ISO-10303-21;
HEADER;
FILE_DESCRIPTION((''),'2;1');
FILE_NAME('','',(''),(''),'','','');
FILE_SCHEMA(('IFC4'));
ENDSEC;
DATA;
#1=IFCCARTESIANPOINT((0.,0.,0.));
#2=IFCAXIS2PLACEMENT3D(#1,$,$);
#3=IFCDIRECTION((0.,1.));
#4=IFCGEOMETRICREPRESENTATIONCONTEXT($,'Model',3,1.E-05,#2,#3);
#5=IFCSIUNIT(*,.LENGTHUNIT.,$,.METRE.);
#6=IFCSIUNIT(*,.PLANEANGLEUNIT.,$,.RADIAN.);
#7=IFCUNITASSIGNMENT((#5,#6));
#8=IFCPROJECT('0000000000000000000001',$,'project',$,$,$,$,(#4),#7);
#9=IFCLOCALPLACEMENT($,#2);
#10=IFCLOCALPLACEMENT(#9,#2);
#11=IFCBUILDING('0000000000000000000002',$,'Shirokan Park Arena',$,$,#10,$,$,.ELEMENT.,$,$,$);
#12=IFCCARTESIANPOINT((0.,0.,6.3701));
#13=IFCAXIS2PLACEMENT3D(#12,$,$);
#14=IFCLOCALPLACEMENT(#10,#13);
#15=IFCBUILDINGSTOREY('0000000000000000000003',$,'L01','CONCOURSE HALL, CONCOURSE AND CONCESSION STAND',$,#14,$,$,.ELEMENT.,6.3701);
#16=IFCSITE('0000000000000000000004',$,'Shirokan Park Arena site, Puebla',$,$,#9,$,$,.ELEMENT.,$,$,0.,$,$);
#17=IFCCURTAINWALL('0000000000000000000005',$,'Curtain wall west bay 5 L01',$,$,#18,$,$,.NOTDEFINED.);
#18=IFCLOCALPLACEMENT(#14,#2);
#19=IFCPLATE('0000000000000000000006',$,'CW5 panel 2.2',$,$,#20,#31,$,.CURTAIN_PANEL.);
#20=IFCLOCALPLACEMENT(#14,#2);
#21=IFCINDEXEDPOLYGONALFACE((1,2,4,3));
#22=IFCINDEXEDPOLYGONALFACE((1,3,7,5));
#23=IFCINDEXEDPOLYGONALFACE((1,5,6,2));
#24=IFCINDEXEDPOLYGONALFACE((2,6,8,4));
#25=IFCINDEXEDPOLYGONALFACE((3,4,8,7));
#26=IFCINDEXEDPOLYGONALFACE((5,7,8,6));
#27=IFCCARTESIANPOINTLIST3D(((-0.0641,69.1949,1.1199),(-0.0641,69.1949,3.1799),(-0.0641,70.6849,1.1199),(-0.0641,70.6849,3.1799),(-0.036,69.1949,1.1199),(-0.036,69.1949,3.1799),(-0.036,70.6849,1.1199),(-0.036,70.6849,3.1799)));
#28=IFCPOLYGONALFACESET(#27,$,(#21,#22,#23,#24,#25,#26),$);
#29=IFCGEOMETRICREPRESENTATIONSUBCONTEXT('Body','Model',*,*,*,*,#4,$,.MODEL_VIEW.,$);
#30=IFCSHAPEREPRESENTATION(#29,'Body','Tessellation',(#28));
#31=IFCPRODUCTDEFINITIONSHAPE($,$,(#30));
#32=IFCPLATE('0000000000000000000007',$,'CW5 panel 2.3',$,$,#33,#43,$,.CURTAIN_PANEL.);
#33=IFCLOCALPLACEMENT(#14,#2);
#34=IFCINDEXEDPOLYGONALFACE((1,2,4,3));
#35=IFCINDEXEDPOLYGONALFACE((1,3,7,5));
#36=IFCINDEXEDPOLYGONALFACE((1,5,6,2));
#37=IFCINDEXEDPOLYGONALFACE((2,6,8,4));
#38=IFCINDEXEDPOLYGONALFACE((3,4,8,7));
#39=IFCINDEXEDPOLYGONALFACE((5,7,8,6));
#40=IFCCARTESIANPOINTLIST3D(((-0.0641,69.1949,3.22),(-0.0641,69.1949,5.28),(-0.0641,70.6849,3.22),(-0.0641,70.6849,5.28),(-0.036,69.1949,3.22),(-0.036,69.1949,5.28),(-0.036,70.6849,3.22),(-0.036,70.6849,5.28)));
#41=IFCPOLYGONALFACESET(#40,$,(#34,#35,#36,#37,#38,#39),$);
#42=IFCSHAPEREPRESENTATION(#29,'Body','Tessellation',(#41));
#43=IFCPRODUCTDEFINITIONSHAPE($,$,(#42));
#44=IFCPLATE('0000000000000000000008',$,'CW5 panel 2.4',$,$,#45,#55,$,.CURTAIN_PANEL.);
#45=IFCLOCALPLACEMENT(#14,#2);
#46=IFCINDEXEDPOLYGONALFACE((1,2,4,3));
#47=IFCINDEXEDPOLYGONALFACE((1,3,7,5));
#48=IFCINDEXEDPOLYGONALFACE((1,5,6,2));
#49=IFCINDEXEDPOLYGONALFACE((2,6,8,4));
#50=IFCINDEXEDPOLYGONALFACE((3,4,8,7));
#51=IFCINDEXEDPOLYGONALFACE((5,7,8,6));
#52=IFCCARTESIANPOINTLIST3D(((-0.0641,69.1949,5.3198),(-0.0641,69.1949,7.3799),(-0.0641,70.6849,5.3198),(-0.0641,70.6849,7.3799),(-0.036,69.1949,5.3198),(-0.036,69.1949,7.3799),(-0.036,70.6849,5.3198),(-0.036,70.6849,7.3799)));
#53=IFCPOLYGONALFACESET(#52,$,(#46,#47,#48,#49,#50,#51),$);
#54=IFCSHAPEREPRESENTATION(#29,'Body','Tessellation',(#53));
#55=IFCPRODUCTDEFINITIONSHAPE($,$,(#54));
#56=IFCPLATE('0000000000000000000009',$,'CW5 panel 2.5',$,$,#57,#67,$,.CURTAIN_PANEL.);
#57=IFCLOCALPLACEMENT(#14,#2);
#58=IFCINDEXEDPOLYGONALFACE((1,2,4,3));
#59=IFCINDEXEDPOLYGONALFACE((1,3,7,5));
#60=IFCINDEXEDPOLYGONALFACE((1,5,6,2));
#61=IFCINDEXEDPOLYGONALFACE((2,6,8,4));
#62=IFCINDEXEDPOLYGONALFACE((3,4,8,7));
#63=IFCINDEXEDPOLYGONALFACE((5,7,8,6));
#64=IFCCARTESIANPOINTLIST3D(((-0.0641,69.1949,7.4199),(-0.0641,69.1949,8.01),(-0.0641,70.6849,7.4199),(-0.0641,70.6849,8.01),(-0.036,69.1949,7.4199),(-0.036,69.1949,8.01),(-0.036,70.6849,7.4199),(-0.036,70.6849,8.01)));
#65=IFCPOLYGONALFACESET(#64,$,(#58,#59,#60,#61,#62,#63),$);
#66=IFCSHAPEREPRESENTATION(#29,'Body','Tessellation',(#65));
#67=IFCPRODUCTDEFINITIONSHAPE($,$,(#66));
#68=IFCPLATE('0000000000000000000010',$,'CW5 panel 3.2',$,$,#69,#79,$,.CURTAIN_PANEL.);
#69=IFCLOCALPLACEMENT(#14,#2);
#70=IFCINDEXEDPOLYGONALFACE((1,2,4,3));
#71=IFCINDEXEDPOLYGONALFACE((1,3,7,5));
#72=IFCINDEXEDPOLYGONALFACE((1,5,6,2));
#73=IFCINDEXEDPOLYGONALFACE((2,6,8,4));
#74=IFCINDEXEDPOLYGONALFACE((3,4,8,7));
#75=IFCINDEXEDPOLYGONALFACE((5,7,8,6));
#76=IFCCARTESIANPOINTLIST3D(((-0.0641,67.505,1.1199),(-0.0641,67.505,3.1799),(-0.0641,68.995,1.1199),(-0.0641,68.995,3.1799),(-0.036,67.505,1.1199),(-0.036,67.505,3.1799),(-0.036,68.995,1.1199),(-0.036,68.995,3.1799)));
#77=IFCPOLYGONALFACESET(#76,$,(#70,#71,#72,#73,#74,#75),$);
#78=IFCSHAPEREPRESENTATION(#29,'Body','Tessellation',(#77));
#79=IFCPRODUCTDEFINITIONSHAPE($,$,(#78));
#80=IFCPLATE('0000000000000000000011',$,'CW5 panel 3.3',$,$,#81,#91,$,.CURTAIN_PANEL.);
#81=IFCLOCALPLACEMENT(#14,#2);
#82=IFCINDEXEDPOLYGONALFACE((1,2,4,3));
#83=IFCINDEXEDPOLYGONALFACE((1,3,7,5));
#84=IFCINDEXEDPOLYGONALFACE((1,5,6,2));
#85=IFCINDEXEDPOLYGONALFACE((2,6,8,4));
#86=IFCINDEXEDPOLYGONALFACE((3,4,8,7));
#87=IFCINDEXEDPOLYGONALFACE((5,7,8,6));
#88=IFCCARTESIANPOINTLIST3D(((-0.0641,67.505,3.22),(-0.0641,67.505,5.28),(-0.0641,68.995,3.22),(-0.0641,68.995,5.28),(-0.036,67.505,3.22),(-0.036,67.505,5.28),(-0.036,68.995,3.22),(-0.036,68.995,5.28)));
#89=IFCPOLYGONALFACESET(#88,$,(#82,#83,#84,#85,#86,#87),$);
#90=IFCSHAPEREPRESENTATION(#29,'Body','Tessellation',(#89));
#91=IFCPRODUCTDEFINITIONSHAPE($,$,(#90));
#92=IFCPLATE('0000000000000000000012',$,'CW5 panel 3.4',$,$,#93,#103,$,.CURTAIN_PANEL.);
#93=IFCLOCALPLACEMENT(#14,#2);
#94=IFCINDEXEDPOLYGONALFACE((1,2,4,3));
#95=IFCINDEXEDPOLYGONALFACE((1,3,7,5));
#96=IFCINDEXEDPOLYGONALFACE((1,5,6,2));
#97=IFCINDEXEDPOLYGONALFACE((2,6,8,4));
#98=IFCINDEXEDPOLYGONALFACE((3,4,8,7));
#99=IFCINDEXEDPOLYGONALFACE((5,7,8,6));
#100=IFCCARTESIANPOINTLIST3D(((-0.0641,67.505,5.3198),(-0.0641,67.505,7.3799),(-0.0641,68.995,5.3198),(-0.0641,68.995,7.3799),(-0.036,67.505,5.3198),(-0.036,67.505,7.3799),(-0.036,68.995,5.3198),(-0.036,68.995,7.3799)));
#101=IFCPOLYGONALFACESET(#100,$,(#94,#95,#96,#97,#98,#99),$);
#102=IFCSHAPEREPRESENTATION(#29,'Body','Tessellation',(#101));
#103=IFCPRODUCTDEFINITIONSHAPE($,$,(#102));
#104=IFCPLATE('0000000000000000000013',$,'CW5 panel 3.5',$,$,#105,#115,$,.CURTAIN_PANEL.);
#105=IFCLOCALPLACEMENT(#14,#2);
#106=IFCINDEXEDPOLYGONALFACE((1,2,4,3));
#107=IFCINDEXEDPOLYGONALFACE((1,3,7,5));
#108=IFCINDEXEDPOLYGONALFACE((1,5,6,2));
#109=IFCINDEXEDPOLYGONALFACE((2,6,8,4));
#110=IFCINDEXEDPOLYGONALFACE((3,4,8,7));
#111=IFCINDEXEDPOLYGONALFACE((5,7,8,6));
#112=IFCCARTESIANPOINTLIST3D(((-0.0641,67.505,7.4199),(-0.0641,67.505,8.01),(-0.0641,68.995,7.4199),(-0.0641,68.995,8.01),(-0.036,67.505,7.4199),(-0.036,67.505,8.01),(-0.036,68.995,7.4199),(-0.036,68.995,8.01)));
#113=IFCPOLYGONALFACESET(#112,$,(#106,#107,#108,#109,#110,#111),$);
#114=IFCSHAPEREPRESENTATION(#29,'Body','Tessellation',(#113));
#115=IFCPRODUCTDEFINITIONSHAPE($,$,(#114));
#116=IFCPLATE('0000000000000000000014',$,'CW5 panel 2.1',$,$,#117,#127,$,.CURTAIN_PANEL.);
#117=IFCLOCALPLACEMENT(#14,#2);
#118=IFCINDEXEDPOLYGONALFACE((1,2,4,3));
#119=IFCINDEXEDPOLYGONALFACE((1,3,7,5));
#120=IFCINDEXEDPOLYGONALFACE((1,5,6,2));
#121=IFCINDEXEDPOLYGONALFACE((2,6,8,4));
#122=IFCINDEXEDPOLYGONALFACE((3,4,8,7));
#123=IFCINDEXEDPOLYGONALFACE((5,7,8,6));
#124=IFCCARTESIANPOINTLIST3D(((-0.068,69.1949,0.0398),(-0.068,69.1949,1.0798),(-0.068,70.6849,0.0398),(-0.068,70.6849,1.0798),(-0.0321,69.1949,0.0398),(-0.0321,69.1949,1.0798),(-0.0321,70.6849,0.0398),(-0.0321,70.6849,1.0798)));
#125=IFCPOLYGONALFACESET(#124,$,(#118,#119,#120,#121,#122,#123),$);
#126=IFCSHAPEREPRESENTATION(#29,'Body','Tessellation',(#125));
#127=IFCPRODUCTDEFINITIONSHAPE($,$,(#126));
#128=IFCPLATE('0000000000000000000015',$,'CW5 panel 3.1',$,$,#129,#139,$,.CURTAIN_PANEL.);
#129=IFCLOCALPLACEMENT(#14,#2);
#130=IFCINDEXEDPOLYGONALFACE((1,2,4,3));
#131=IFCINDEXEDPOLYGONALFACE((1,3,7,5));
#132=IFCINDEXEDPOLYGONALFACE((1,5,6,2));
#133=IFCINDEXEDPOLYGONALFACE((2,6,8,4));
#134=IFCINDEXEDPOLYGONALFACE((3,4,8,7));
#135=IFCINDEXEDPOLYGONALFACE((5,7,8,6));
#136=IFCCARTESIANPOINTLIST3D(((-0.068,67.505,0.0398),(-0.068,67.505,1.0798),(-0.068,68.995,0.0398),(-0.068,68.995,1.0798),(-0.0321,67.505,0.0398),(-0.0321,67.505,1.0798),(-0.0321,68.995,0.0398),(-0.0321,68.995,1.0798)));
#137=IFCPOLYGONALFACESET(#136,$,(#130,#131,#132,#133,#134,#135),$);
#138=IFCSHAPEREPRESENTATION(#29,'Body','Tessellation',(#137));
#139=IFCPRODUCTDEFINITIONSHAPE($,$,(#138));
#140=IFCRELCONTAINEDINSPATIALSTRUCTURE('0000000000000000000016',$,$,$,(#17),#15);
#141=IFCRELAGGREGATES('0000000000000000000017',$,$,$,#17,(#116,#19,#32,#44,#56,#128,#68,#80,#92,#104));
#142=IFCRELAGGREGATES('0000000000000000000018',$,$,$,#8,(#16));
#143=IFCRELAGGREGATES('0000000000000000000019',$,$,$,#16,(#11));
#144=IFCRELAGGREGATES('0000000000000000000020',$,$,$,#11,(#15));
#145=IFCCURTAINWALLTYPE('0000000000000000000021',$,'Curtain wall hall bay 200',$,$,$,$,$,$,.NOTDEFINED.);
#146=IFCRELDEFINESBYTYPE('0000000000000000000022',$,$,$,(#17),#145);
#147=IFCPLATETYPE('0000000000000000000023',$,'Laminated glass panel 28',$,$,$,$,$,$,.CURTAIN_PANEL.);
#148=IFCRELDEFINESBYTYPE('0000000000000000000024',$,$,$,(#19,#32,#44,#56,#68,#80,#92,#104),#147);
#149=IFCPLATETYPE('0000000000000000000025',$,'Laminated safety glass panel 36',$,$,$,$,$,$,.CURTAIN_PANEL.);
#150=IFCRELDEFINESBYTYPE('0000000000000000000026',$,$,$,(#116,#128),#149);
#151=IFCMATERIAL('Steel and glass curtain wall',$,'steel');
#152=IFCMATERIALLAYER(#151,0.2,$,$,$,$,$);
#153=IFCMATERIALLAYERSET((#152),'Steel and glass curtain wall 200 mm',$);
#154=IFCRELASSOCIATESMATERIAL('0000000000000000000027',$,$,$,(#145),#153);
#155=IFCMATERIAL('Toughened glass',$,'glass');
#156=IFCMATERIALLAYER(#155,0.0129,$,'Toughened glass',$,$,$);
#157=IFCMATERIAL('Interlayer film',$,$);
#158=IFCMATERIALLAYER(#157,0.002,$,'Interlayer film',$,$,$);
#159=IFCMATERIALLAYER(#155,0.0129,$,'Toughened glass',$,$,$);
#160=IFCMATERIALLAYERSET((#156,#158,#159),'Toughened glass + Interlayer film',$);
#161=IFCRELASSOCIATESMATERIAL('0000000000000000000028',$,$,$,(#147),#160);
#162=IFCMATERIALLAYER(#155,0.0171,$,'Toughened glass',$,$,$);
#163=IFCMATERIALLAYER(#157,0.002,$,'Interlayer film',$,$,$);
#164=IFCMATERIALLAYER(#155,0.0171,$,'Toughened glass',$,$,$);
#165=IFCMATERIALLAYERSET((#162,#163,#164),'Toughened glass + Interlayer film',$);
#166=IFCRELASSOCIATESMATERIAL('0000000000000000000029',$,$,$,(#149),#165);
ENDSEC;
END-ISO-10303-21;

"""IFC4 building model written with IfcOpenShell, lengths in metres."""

from ifc_helpers import new_model, si_unit, direction, frame, origin, origin_2d, place, context, subcontext, project, spatial, rectangle, extrude, material, layer, layer_set, type_object, element, aggregate, save


model = new_model("IFC4")

# Units and contexts
model_context = context("Model", 3, precision=1e-05, world=origin(), true_north=direction((0.0, 1.0)))
body_context = subcontext(model_context, "Body", "Model", "MODEL_VIEW")
ifc_project = project(units=[si_unit("LENGTHUNIT", "METRE"), si_unit("PLANEANGLEUNIT", "RADIAN")], contexts=[model_context])

# Site, building, storey
site_placement = place(None, origin())
site = spatial("IfcSite", under=ifc_project, at=site_placement, Name="Shirokan Park Arena site, Puebla", CompositionType="ELEMENT", RefElevation=0.0)
building_placement = place(site_placement, origin())
building = spatial("IfcBuilding", under=site, at=building_placement, Name="Shirokan Park Arena", CompositionType="ELEMENT")
storey_placement = place(building_placement, frame((0.0, 0.0, 6.3701)))
storey = spatial("IfcBuildingStorey", under=building, at=storey_placement, Name="L01", Description="CONCOURSE HALL, CONCOURSE AND CONCESSION STAND", CompositionType="ELEMENT", Elevation=6.3701)

# Curtain wall, plates
ifc_material_1 = material(Name="Steel and glass curtain wall", Category="steel")
ifc_layer_1 = layer(ifc_material_1, 0.2)
ifc_layer_set_1 = layer_set([ifc_layer_1], Name="Steel and glass curtain wall 200 mm")
curtain_wall_type = type_object("IfcCurtainWallType", Name="Curtain wall hall bay 200", PredefinedType="NOTDEFINED", material=ifc_layer_set_1)
curtain_wall_placement = place(storey_placement, origin())
curtain_wall = element("IfcCurtainWall", 1, at=curtain_wall_placement, inside=storey, type_object=curtain_wall_type, Name="Curtain wall west bay 5 L01", PredefinedType="NOTDEFINED")
ifc_material_2 = material(Name="Toughened glass", Category="glass")
ifc_layer_2 = layer(ifc_material_2, 0.0129, Name="Toughened glass")
ifc_material_3 = material(Name="Interlayer film")
ifc_layer_3 = layer(ifc_material_3, 0.002, Name="Interlayer film")
ifc_layer_4 = layer(ifc_material_2, 0.0129, Name="Toughened glass")
ifc_layer_set_2 = layer_set([ifc_layer_2, ifc_layer_3, ifc_layer_4], Name="Toughened glass + Interlayer film")
plate_type_1 = type_object("IfcPlateType", Name="Laminated glass panel 28", PredefinedType="CURTAIN_PANEL", material=ifc_layer_set_2)
plate_1_placement = place(storey_placement, frame((-0.05, 69.9399, 1.1199), z_axis=(0.0, 0.0, 1.0), x_axis=(0.0, -1.0, 0.0)))
plate_1 = element("IfcPlate", 2, at=plate_1_placement, type_object=plate_type_1, Name="CW5 panel 2.2", PredefinedType="CURTAIN_PANEL", context=body_context, shape_type="SweptSolid", body=[
    extrude(rectangle(XDim=1.49, YDim=0.0281, at=origin_2d()), origin(), (0.0, 0.0, 1.0), 2.0601),
])
plate_2_placement = place(storey_placement, frame((-0.05, 69.9399, 3.22), z_axis=(0.0, 0.0, 1.0), x_axis=(0.0, -1.0, 0.0)))
plate_2 = element("IfcPlate", 3, at=plate_2_placement, type_object=plate_type_1, Name="CW5 panel 2.3", PredefinedType="CURTAIN_PANEL", context=body_context, shape_type="SweptSolid", body=[
    extrude(rectangle(XDim=1.49, YDim=0.0281, at=origin_2d()), origin(), (0.0, 0.0, 1.0), 2.0601),
])
plate_3_placement = place(storey_placement, frame((-0.05, 69.9399, 5.3198), z_axis=(0.0, 0.0, 1.0), x_axis=(0.0, -1.0, 0.0)))
plate_3 = element("IfcPlate", 4, at=plate_3_placement, type_object=plate_type_1, Name="CW5 panel 2.4", PredefinedType="CURTAIN_PANEL", context=body_context, shape_type="SweptSolid", body=[
    extrude(rectangle(XDim=1.49, YDim=0.0281, at=origin_2d()), origin(), (0.0, 0.0, 1.0), 2.0601),
])
plate_4_placement = place(storey_placement, frame((-0.05, 69.9399, 7.4199), z_axis=(0.0, 0.0, 1.0), x_axis=(0.0, -1.0, 0.0)))
plate_4 = element("IfcPlate", 5, at=plate_4_placement, type_object=plate_type_1, Name="CW5 panel 2.5", PredefinedType="CURTAIN_PANEL", context=body_context, shape_type="SweptSolid", body=[
    extrude(rectangle(XDim=1.49, YDim=0.0281, at=origin_2d()), origin(), (0.0, 0.0, 1.0), 0.5901),
])
plate_5_placement = place(storey_placement, frame((-0.05, 68.25, 1.1199), z_axis=(0.0, 0.0, 1.0), x_axis=(0.0, -1.0, 0.0)))
plate_5 = element("IfcPlate", 6, at=plate_5_placement, type_object=plate_type_1, Name="CW5 panel 3.2", PredefinedType="CURTAIN_PANEL", context=body_context, shape_type="SweptSolid", body=[
    extrude(rectangle(XDim=1.49, YDim=0.0281, at=origin_2d()), origin(), (0.0, 0.0, 1.0), 2.0601),
])
plate_6_placement = place(storey_placement, frame((-0.05, 68.25, 3.22), z_axis=(0.0, 0.0, 1.0), x_axis=(0.0, -1.0, 0.0)))
plate_6 = element("IfcPlate", 7, at=plate_6_placement, type_object=plate_type_1, Name="CW5 panel 3.3", PredefinedType="CURTAIN_PANEL", context=body_context, shape_type="SweptSolid", body=[
    extrude(rectangle(XDim=1.49, YDim=0.0281, at=origin_2d()), origin(), (0.0, 0.0, 1.0), 2.0601),
])
plate_7_placement = place(storey_placement, frame((-0.05, 68.25, 5.3198), z_axis=(0.0, 0.0, 1.0), x_axis=(0.0, -1.0, 0.0)))
plate_7 = element("IfcPlate", 8, at=plate_7_placement, type_object=plate_type_1, Name="CW5 panel 3.4", PredefinedType="CURTAIN_PANEL", context=body_context, shape_type="SweptSolid", body=[
    extrude(rectangle(XDim=1.49, YDim=0.0281, at=origin_2d()), origin(), (0.0, 0.0, 1.0), 2.0601),
])
plate_8_placement = place(storey_placement, frame((-0.05, 68.25, 7.4199), z_axis=(0.0, 0.0, 1.0), x_axis=(0.0, -1.0, 0.0)))
plate_8 = element("IfcPlate", 9, at=plate_8_placement, type_object=plate_type_1, Name="CW5 panel 3.5", PredefinedType="CURTAIN_PANEL", context=body_context, shape_type="SweptSolid", body=[
    extrude(rectangle(XDim=1.49, YDim=0.0281, at=origin_2d()), origin(), (0.0, 0.0, 1.0), 0.5901),
])
ifc_layer_5 = layer(ifc_material_2, 0.0171, Name="Toughened glass")
ifc_layer_6 = layer(ifc_material_3, 0.002, Name="Interlayer film")
ifc_layer_7 = layer(ifc_material_2, 0.0171, Name="Toughened glass")
ifc_layer_set_3 = layer_set([ifc_layer_5, ifc_layer_6, ifc_layer_7], Name="Toughened glass + Interlayer film")
plate_type_2 = type_object("IfcPlateType", Name="Laminated safety glass panel 36", PredefinedType="CURTAIN_PANEL", material=ifc_layer_set_3)
plate_9_placement = place(storey_placement, frame((-0.05, 69.9399, 0.0398), z_axis=(0.0, 0.0, 1.0), x_axis=(0.0, -1.0, 0.0)))
plate_9 = element("IfcPlate", 10, at=plate_9_placement, type_object=plate_type_2, Name="CW5 panel 2.1", PredefinedType="CURTAIN_PANEL", context=body_context, shape_type="SweptSolid", body=[
    extrude(rectangle(XDim=1.49, YDim=0.0359, at=origin_2d()), origin(), (0.0, 0.0, 1.0), 1.04),
])
plate_10_placement = place(storey_placement, frame((-0.05, 68.25, 0.0398), z_axis=(0.0, 0.0, 1.0), x_axis=(0.0, -1.0, 0.0)))
plate_10 = element("IfcPlate", 11, at=plate_10_placement, type_object=plate_type_2, Name="CW5 panel 3.1", PredefinedType="CURTAIN_PANEL", context=body_context, shape_type="SweptSolid", body=[
    extrude(rectangle(XDim=1.49, YDim=0.0359, at=origin_2d()), origin(), (0.0, 0.0, 1.0), 1.04),
])
aggregate(curtain_wall, [plate_9, plate_1, plate_2, plate_3, plate_4, plate_10, plate_5, plate_6, plate_7, plate_8])

save(model, "model.ifc")
